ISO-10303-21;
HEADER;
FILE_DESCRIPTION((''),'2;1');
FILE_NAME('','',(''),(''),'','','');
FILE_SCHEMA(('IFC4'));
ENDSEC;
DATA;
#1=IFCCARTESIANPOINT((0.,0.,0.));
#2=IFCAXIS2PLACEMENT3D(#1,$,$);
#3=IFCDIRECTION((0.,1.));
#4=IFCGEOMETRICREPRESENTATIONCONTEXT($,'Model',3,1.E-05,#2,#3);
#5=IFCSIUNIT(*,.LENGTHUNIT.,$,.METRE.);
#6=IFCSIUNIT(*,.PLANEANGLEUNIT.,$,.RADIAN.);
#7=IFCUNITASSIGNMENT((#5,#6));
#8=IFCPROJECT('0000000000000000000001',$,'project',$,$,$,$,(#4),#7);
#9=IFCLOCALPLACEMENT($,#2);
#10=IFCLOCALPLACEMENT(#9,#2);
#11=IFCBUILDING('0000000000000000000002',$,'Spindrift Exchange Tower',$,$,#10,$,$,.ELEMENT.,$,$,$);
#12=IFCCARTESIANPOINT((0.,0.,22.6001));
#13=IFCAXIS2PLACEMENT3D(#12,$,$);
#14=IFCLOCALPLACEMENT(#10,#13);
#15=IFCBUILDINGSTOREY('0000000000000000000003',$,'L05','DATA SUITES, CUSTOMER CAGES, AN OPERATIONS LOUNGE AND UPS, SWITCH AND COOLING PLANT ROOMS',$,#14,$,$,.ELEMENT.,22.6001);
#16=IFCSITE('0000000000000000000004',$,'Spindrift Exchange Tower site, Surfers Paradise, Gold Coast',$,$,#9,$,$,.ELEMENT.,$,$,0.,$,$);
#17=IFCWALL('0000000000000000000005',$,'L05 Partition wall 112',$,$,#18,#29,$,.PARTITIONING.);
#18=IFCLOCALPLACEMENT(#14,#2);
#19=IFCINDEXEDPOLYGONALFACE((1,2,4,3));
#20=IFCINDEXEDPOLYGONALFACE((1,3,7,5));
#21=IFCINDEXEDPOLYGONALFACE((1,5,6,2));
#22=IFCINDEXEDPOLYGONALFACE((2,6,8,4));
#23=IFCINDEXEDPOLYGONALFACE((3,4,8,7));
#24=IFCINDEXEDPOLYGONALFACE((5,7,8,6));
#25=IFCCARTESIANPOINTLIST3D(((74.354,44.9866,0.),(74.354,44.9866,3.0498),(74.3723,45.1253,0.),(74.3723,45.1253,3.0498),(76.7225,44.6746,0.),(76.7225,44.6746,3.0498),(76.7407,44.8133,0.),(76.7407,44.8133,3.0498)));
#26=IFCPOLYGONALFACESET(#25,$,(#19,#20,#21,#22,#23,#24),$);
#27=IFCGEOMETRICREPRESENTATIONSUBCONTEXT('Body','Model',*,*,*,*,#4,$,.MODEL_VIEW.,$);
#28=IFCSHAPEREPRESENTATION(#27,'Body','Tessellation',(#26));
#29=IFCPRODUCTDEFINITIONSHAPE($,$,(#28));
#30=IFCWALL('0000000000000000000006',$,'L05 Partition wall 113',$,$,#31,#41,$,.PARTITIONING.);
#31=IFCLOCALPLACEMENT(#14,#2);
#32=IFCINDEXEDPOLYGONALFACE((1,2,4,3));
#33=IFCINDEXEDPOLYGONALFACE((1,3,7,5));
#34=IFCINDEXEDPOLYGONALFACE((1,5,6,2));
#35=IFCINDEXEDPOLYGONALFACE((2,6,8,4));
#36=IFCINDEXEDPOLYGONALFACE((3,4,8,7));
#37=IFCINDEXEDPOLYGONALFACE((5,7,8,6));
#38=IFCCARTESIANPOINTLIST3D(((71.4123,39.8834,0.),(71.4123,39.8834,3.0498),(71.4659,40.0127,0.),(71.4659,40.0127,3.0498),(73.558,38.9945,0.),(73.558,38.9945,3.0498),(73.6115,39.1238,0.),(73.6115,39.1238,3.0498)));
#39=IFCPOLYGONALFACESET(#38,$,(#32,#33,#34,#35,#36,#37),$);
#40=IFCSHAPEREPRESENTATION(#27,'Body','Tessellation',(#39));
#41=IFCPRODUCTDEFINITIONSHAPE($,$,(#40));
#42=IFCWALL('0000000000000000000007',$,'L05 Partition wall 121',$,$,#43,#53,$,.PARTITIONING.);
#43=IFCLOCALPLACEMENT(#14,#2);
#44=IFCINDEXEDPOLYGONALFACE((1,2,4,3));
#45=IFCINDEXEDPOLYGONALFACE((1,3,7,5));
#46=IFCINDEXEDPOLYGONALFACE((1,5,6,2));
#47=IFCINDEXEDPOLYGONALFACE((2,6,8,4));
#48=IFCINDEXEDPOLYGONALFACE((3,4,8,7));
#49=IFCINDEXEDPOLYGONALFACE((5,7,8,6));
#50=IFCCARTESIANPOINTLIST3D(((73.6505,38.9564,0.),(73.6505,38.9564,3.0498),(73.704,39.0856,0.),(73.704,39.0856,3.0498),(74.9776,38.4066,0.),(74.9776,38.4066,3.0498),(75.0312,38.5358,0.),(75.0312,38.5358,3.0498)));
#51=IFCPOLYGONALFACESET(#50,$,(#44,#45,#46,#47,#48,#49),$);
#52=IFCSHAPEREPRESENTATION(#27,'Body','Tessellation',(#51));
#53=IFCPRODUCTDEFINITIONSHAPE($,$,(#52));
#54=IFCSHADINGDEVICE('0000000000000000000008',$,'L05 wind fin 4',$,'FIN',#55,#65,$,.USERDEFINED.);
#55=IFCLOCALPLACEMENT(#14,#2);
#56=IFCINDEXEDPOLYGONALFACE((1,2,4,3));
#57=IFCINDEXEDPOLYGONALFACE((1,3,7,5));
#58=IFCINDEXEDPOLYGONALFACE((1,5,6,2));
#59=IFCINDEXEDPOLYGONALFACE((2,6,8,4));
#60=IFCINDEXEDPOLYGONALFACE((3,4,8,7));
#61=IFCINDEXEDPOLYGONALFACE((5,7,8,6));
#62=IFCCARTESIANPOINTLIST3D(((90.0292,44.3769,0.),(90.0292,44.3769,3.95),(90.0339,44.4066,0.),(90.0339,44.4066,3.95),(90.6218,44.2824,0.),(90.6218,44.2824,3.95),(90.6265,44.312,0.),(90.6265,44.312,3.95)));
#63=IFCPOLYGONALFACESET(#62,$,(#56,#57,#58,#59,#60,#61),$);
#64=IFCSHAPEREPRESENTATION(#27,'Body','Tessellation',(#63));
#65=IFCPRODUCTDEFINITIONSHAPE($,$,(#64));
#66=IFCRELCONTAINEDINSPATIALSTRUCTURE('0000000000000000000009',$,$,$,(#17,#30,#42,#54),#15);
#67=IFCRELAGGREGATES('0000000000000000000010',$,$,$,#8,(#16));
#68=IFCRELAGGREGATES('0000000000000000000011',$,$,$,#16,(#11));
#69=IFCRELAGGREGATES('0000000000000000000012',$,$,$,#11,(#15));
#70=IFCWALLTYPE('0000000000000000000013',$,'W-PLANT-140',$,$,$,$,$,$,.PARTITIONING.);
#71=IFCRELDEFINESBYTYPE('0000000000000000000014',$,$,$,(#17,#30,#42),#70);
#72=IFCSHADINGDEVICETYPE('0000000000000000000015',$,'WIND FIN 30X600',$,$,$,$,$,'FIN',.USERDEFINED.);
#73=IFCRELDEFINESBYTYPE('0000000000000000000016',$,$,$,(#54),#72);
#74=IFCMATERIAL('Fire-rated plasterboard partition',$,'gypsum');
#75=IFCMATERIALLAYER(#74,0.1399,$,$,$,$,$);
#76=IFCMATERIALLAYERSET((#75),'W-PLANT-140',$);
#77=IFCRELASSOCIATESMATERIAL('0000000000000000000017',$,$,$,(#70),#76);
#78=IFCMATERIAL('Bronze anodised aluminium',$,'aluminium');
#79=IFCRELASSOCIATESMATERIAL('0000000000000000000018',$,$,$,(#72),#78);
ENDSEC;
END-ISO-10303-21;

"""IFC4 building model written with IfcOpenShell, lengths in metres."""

from ifc_helpers import new_model, si_unit, direction, frame, frame_2d, origin, origin_2d, place, context, subcontext, project, spatial, rectangle, extrude, source, transform, mapped, material, layer, layer_set, material_profile, profile_set, type_object, element, save


model = new_model("IFC4")

# Units and contexts
model_context = context("Model", 3, precision=1e-05, world=origin(), true_north=direction((0.0, 1.0)))
body_context = subcontext(model_context, "Body", "Model", "MODEL_VIEW")
ifc_project = project(units=[si_unit("LENGTHUNIT", "METRE"), si_unit("PLANEANGLEUNIT", "RADIAN")], contexts=[model_context])

# Site, building, storey
site_placement = place(None, origin())
site = spatial("IfcSite", under=ifc_project, at=site_placement, Name="Spindrift Exchange Tower site, Surfers Paradise, Gold Coast", CompositionType="ELEMENT", RefElevation=0.0)
building_placement = place(site_placement, origin())
building = spatial("IfcBuilding", under=site, at=building_placement, Name="Spindrift Exchange Tower", CompositionType="ELEMENT")
storey_placement = place(building_placement, frame((0.0, 0.0, 22.6001)))
storey = spatial("IfcBuildingStorey", under=building, at=storey_placement, Name="L05", Description="DATA SUITES, CUSTOMER CAGES, AN OPERATIONS LOUNGE AND UPS, SWITCH AND COOLING PLANT ROOMS", CompositionType="ELEMENT", Elevation=22.6001)

# Shared definitions
ifc_material_1 = material(Name="Bronze anodised aluminium", Category="aluminium")

# Shared definitions
ifc_material_2 = material(Name="Fire-rated plasterboard partition", Category="gypsum")

# Shared definitions
ifc_layer_1 = layer(ifc_material_2, 0.1399)
ifc_layer_set_1 = layer_set([ifc_layer_1], Name="W-PLANT-140")
wall_type_1 = type_object("IfcWallType", Name="W-PLANT-140", PredefinedType="PARTITIONING", material=ifc_layer_set_1)

# Walls
wall_1_placement = place(storey_placement, frame((74.3633, 45.0559, 0.0), z_axis=(0.0, 0.0, 1.0), x_axis=(0.991434, -0.13061, 0.0)))
element("IfcWall", 1, at=wall_1_placement, inside=storey, type_object=wall_type_1, Name="L05 Partition wall 112", PredefinedType="PARTITIONING", context=body_context, shape_type="SweptSolid", body=[
    extrude(rectangle(XDim=2.3889, YDim=0.1399, at=frame_2d((1.1943, 0.0))), origin(), (0.0, 0.0, 1.0), 3.0498),
])
wall_2_placement = place(storey_placement, frame((71.4392, 39.948, 0.0), z_axis=(0.0, 0.0, 1.0), x_axis=(0.923862, -0.382726, 0.0)))
element("IfcWall", 2, at=wall_2_placement, inside=storey, type_object=wall_type_1, Name="L05 Partition wall 113", PredefinedType="PARTITIONING", context=body_context, shape_type="SweptSolid", body=[
    extrude(rectangle(XDim=2.3225, YDim=0.1399, at=frame_2d((1.1611, 0.0))), origin(), (0.0, 0.0, 1.0), 3.0498),
])
wall_3_placement = place(storey_placement, frame((73.6772, 39.021, 0.0), z_axis=(0.0, 0.0, 1.0), x_axis=(0.923859, -0.382732, 0.0)))
element("IfcWall", 3, at=wall_3_placement, inside=storey, type_object=wall_type_1, Name="L05 Partition wall 121", PredefinedType="PARTITIONING", context=body_context, shape_type="SweptSolid", body=[
    extrude(rectangle(XDim=1.4365, YDim=0.1399, at=frame_2d((0.7183, 0.0))), origin(), (0.0, 0.0, 1.0), 3.0498),
])

# Shading device
ifc_material_profile_1 = material_profile(ifc_material_1, rectangle(XDim=0.03, YDim=0.6001, at=origin_2d()), Name="WIND FIN 30X600")
ifc_profile_set_1 = profile_set([ifc_material_profile_1], Name="Bronze anodised aluminium")
shading_device_type = type_object("IfcShadingDeviceType", Name="WIND FIN 30X600", ElementType="FIN", PredefinedType="USERDEFINED", material=ifc_profile_set_1)
shared_shape_1 = source(origin(), body_context, "Body", "SweptSolid", [
    extrude(rectangle(XDim=0.03, YDim=0.6001, at=origin_2d()), origin(), (0.0, 0.0, 1.0), 3.95),
])
shading_device_placement = place(storey_placement, frame((90.3279, 44.3445, 0.0), z_axis=(0.0, 0.0, 1.0), x_axis=(0.15761, 0.987501, 0.0)))
element("IfcShadingDevice", 4, at=shading_device_placement, inside=storey, type_object=shading_device_type, Name="L05 wind fin 4", ObjectType="FIN", PredefinedType="USERDEFINED", context=body_context, shape_type="MappedRepresentation", body=[
    mapped(shared_shape_1, transform((0.0, 0.0, 0.0), scale=1.0)),
])

save(model, "model.ifc")
